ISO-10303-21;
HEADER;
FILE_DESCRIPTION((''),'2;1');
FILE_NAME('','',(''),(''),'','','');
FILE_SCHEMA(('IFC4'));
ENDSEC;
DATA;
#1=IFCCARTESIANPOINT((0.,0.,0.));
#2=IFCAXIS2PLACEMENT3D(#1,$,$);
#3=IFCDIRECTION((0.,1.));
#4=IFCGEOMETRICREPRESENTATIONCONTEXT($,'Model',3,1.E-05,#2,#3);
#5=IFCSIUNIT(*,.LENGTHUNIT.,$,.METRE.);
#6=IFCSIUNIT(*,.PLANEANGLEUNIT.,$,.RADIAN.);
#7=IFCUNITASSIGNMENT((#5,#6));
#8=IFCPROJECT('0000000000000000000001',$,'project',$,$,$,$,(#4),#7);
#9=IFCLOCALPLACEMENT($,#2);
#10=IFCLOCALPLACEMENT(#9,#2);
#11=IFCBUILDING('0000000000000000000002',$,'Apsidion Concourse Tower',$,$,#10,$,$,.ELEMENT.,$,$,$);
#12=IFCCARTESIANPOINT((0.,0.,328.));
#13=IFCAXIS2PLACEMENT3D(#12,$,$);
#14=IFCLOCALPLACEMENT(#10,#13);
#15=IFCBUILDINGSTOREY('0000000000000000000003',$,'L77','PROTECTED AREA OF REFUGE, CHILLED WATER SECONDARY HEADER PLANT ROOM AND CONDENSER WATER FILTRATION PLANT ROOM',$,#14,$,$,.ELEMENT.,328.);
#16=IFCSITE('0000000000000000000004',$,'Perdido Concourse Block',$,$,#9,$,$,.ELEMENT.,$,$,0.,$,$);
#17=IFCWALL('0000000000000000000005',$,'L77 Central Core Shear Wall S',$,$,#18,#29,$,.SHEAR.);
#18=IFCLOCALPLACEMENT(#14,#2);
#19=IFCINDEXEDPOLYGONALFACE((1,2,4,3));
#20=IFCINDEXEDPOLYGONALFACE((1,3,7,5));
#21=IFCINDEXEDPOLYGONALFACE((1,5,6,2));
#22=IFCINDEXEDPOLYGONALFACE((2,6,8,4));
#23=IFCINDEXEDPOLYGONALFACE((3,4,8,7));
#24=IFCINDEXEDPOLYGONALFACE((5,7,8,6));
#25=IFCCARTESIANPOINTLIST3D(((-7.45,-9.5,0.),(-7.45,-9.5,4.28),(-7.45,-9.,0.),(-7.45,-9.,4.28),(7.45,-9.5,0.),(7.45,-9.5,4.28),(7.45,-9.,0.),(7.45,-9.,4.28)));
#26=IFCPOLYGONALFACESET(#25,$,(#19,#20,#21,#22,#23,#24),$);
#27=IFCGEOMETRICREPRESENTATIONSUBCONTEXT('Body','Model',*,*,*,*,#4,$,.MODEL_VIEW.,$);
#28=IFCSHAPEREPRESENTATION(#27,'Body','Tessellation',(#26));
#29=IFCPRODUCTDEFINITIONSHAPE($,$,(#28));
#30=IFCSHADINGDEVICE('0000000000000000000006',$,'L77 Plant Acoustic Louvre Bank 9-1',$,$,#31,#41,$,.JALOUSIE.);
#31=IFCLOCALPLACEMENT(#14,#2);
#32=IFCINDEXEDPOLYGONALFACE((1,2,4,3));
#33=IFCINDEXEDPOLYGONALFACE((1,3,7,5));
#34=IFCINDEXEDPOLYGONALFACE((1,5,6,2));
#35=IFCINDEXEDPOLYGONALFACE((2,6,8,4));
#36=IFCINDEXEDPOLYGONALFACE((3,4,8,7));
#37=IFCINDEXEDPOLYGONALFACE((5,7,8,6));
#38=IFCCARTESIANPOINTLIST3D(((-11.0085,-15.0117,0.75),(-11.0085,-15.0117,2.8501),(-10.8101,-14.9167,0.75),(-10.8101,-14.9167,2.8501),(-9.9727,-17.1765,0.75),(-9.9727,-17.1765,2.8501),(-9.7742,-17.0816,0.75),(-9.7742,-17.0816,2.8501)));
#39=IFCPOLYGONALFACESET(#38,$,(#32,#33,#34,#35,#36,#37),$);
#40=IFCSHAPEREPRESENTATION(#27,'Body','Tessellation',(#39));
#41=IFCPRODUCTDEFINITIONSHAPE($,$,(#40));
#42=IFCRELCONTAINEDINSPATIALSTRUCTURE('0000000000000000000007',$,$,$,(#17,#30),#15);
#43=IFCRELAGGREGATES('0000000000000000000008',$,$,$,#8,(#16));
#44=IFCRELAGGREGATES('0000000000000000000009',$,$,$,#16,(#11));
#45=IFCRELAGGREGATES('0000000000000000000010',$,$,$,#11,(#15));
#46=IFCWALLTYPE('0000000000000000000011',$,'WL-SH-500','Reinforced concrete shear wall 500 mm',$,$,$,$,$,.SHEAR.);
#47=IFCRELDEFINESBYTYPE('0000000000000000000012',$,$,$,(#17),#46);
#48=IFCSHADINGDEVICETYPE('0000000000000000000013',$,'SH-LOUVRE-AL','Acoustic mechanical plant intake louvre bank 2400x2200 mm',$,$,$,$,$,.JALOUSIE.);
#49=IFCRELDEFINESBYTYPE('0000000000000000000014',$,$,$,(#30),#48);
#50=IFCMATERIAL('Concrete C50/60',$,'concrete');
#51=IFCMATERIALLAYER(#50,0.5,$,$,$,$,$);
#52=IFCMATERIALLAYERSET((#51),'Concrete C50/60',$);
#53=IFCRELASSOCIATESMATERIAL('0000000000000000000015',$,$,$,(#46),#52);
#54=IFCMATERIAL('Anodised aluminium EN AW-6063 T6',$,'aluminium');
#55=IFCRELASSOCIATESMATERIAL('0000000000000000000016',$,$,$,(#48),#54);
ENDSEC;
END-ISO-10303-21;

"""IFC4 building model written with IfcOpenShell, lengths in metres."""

from ifc_helpers import new_model, si_unit, direction, frame, frame_2d, origin, origin_2d, place, context, subcontext, project, spatial, rectangle, extrude, material, layer, layer_set, type_object, element, save


model = new_model("IFC4")

# Units and contexts
model_context = context("Model", 3, precision=1e-05, world=origin(), true_north=direction((0.0, 1.0)))
body_context = subcontext(model_context, "Body", "Model", "MODEL_VIEW")
ifc_project = project(units=[si_unit("LENGTHUNIT", "METRE"), si_unit("PLANEANGLEUNIT", "RADIAN")], contexts=[model_context])

# Site, building, storey
site_placement = place(None, origin())
site = spatial("IfcSite", under=ifc_project, at=site_placement, Name="Perdido Concourse Block", CompositionType="ELEMENT", RefElevation=0.0)
building_placement = place(site_placement, origin())
building = spatial("IfcBuilding", under=site, at=building_placement, Name="Apsidion Concourse Tower", CompositionType="ELEMENT")
storey_placement = place(building_placement, frame((0.0, 0.0, 328.0)))
storey = spatial("IfcBuildingStorey", under=building, at=storey_placement, Name="L77", Description="PROTECTED AREA OF REFUGE, CHILLED WATER SECONDARY HEADER PLANT ROOM AND CONDENSER WATER FILTRATION PLANT ROOM", CompositionType="ELEMENT", Elevation=328.0)

# Shared definitions
ifc_material_1 = material(Name="Concrete C50/60", Category="concrete")

# Shared definitions
ifc_layer_1 = layer(ifc_material_1, 0.5)
ifc_layer_set_1 = layer_set([ifc_layer_1], Name="Concrete C50/60")
wall_type_1 = type_object("IfcWallType", Name="WL-SH-500", Description="Reinforced concrete shear wall 500 mm", PredefinedType="SHEAR", material=ifc_layer_set_1)

# Wall
wall_1_placement = place(storey_placement, frame((-7.45, -9.25, 0.0), z_axis=(0.0, 0.0, 1.0), x_axis=(1.0, 0.0, 0.0)))
element("IfcWall", 1, at=wall_1_placement, inside=storey, type_object=wall_type_1, Name="L77 Central Core Shear Wall S", PredefinedType="SHEAR", context=body_context, shape_type="SweptSolid", body=[
    extrude(rectangle(XDim=14.8999, YDim=0.5, at=frame_2d((7.45, 0.0))), origin(), (0.0, 0.0, 1.0), 4.28),
])

# Shading device
ifc_material_2 = material(Name="Anodised aluminium EN AW-6063 T6", Category="aluminium")
shading_device_type = type_object("IfcShadingDeviceType", Name="SH-LOUVRE-AL", Description="Acoustic mechanical plant intake louvre bank 2400x2200 mm", PredefinedType="JALOUSIE", material=ifc_material_2)
shading_device_placement = place(storey_placement, frame((-10.3914, -16.0466, 0.75), z_axis=(0.0, 0.0, 1.0), x_axis=(-0.431613, 0.902059, 0.0)))
element("IfcShadingDevice", 2, at=shading_device_placement, inside=storey, type_object=shading_device_type, Name="L77 Plant Acoustic Louvre Bank 9-1", PredefinedType="JALOUSIE", context=body_context, shape_type="SweptSolid", body=[
    extrude(rectangle(XDim=2.3999, YDim=0.22, at=origin_2d()), origin(), (0.0, 0.0, 1.0), 2.1001),
])

save(model, "model.ifc")
